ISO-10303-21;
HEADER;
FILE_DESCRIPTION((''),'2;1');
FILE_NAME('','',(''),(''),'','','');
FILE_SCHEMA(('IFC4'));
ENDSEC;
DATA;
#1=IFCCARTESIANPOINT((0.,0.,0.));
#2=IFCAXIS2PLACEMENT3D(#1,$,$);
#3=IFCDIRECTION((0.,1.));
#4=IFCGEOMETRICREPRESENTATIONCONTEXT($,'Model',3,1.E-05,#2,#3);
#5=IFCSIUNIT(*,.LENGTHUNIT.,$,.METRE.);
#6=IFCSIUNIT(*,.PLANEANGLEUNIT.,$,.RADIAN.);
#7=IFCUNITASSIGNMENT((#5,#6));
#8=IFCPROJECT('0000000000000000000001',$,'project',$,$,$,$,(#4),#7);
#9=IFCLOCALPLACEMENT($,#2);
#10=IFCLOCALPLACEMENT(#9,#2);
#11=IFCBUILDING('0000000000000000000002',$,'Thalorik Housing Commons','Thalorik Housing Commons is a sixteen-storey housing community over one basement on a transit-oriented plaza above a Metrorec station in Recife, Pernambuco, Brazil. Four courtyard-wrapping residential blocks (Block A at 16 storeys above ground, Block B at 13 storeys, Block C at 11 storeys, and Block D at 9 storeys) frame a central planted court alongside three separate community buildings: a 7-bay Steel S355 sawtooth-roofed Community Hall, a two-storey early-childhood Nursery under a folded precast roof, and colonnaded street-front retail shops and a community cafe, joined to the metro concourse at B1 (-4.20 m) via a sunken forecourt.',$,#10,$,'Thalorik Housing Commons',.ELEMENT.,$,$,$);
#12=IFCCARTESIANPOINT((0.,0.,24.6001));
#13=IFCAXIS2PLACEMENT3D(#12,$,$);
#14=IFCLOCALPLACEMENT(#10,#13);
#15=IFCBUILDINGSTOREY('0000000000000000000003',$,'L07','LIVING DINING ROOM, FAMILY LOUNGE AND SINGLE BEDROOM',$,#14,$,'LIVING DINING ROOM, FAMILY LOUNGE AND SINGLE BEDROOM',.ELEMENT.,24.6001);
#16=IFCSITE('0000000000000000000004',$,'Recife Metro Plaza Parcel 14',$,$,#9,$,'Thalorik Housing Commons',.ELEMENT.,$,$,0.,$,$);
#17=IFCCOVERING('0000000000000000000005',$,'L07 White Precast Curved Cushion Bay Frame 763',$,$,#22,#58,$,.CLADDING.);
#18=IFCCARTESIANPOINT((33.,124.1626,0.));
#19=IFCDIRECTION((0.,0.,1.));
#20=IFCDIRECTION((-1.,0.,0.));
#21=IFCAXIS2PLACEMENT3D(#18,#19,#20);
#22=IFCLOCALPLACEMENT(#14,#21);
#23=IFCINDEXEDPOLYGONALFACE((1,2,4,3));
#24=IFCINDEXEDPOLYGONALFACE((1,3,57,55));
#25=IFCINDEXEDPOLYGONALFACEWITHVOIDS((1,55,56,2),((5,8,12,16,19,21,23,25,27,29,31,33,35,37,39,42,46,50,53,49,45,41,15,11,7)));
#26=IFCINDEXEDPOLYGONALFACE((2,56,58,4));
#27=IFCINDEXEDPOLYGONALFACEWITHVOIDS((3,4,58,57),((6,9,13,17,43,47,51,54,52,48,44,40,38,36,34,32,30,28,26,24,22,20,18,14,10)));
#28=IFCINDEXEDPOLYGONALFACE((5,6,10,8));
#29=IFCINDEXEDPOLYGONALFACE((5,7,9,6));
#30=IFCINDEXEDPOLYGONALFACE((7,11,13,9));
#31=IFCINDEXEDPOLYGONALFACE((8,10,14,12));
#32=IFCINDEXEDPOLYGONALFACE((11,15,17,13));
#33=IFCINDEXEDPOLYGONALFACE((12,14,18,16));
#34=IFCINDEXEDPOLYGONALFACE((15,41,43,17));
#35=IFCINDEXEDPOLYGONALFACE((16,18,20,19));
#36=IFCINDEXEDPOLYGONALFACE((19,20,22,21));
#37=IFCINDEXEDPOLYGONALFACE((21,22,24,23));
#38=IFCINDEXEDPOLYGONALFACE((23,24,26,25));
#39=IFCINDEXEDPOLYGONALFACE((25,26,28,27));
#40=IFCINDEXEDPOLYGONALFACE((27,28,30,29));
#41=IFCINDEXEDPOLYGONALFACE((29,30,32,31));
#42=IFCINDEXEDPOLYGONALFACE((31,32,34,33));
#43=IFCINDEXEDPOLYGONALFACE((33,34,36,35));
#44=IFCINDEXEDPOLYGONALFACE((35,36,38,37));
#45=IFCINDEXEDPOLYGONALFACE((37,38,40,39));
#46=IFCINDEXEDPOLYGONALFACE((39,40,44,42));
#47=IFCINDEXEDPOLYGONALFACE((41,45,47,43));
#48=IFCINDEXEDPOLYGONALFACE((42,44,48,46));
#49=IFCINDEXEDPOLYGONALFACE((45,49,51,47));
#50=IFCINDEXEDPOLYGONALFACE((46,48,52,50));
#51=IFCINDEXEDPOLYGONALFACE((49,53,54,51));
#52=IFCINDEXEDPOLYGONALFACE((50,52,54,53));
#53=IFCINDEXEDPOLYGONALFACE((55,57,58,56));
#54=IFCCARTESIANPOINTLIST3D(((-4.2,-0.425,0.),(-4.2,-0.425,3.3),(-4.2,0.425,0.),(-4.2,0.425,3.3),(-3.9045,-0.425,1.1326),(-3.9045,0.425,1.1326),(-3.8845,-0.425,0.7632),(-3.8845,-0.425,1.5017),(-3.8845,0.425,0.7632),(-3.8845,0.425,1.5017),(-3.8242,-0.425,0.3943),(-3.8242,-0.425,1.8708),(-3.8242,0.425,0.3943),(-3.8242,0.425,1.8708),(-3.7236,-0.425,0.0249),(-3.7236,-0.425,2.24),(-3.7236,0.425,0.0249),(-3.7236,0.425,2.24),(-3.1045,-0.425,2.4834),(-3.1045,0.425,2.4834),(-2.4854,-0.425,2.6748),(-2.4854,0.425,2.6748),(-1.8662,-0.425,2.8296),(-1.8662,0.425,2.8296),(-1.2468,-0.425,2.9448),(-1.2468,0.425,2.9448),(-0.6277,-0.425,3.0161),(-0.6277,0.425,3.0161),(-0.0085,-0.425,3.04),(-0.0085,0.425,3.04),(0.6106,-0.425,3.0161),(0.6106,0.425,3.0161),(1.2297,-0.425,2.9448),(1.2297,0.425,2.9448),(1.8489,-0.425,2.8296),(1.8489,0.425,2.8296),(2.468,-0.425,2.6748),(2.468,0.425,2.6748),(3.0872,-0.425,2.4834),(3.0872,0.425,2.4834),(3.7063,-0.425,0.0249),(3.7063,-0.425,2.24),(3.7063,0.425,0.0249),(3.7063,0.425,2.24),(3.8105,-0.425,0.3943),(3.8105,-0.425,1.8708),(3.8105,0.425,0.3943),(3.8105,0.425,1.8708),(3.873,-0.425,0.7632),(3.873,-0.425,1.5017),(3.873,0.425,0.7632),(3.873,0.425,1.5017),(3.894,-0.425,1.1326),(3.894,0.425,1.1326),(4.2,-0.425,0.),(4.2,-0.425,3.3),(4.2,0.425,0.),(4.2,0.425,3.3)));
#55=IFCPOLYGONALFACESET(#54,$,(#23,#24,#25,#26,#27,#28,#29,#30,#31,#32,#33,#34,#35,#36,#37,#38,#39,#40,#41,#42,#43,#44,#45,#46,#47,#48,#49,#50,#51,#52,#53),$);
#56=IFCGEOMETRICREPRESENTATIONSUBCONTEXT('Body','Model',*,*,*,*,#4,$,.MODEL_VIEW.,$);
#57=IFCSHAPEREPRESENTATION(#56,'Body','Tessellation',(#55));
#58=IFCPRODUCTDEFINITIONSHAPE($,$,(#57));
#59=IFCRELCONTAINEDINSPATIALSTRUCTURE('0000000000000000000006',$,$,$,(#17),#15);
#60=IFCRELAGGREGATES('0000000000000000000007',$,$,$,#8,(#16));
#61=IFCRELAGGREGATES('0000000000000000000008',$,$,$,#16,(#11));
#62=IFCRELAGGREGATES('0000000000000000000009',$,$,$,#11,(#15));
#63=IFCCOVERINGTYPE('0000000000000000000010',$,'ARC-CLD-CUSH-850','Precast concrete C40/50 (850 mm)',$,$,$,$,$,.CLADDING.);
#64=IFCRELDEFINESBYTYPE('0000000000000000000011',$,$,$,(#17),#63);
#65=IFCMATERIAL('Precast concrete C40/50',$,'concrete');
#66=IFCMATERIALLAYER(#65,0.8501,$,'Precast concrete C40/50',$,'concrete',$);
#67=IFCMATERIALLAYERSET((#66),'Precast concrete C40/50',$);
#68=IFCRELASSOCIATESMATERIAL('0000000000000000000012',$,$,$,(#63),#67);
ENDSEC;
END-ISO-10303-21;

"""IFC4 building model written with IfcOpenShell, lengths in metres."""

from ifc_helpers import new_model, si_unit, direction, frame, origin, place, context, subcontext, project, spatial, polyline, outline, extrude, material, layer, layer_set, type_object, element, save


model = new_model("IFC4")

# Units and contexts
model_context = context("Model", 3, precision=1e-05, world=origin(), true_north=direction((0.0, 1.0)))
body_context = subcontext(model_context, "Body", "Model", "MODEL_VIEW")
ifc_project = project(units=[si_unit("LENGTHUNIT", "METRE"), si_unit("PLANEANGLEUNIT", "RADIAN")], contexts=[model_context])

# Site, building, storey
site_placement = place(None, origin())
site = spatial("IfcSite", under=ifc_project, at=site_placement, Name="Recife Metro Plaza Parcel 14", LongName="Thalorik Housing Commons", CompositionType="ELEMENT", RefElevation=0.0)
building_placement = place(site_placement, origin())
building = spatial("IfcBuilding", under=site, at=building_placement, Name="Thalorik Housing Commons", Description="Thalorik Housing Commons is a sixteen-storey housing community over one basement on a transit-oriented plaza above a Metrorec station in Recife, Pernambuco, Brazil. Four courtyard-wrapping residential blocks (Block A at 16 storeys above ground, Block B at 13 storeys, Block C at 11 storeys, and Block D at 9 storeys) frame a central planted court alongside three separate community buildings: a 7-bay Steel S355 sawtooth-roofed Community Hall, a two-storey early-childhood Nursery under a folded precast roof, and colonnaded street-front retail shops and a community cafe, joined to the metro concourse at B1 (-4.20 m) via a sunken forecourt.", LongName="Thalorik Housing Commons", CompositionType="ELEMENT")
storey_placement = place(building_placement, frame((0.0, 0.0, 24.6001)))
storey = spatial("IfcBuildingStorey", under=building, at=storey_placement, Name="L07", Description="LIVING DINING ROOM, FAMILY LOUNGE AND SINGLE BEDROOM", LongName="LIVING DINING ROOM, FAMILY LOUNGE AND SINGLE BEDROOM", CompositionType="ELEMENT", Elevation=24.6001)

# Shared definitions
ifc_material_1 = material(Name="Precast concrete C40/50", Category="concrete")

# Covering
ifc_layer_1 = layer(ifc_material_1, 0.8501, Name="Precast concrete C40/50", Category="concrete")
ifc_layer_set_1 = layer_set([ifc_layer_1], Name="Precast concrete C40/50")
covering_type_1 = type_object("IfcCoveringType", Name="ARC-CLD-CUSH-850", Description="Precast concrete C40/50 (850 mm)", PredefinedType="CLADDING", material=ifc_layer_set_1)
covering_1_placement = place(storey_placement, frame((33.0, 124.1626, 0.0), z_axis=(0.0, 0.0, 1.0), x_axis=(-1.0, 0.0, 0.0)))
element("IfcCovering", 1, at=covering_1_placement, inside=storey, type_object=covering_type_1, Name="L07 White Precast Curved Cushion Bay Frame 763", PredefinedType="CLADDING", context=body_context, shape_type="SweptSolid", body=[
    extrude(outline(polyline([(-4.2, 0.0), (4.2, 0.0), (4.2, 3.3), (-4.2, 3.3), (-4.2, 0.0)]), holes=[polyline([(3.7063, 0.0249), (3.8105, 0.3943), (3.873, 0.7632), (3.894, 1.1326), (3.873, 1.5017), (3.8105, 1.8708), (3.7063, 2.24), (3.0872, 2.4834), (2.468, 2.6748), (1.8489, 2.8296), (1.2297, 2.9448), (0.6106, 3.0161), (-0.0085, 3.04), (-0.6277, 3.0161), (-1.2468, 2.9448), (-1.8662, 2.8296), (-2.4854, 2.6748), (-3.1045, 2.4834), (-3.7236, 2.24), (-3.8242, 1.8708), (-3.8845, 1.5017), (-3.9045, 1.1326), (-3.8845, 0.7632), (-3.8242, 0.3943), (-3.7236, 0.0249), (3.7063, 0.0249)])]), frame((0.0, 0.425, 0.0), z_axis=(0.0, -1.0, 0.0), x_axis=(1.0, 0.0, 0.0)), (0.0, 0.0, 1.0), 0.8501),
])

save(model, "model.ifc")
